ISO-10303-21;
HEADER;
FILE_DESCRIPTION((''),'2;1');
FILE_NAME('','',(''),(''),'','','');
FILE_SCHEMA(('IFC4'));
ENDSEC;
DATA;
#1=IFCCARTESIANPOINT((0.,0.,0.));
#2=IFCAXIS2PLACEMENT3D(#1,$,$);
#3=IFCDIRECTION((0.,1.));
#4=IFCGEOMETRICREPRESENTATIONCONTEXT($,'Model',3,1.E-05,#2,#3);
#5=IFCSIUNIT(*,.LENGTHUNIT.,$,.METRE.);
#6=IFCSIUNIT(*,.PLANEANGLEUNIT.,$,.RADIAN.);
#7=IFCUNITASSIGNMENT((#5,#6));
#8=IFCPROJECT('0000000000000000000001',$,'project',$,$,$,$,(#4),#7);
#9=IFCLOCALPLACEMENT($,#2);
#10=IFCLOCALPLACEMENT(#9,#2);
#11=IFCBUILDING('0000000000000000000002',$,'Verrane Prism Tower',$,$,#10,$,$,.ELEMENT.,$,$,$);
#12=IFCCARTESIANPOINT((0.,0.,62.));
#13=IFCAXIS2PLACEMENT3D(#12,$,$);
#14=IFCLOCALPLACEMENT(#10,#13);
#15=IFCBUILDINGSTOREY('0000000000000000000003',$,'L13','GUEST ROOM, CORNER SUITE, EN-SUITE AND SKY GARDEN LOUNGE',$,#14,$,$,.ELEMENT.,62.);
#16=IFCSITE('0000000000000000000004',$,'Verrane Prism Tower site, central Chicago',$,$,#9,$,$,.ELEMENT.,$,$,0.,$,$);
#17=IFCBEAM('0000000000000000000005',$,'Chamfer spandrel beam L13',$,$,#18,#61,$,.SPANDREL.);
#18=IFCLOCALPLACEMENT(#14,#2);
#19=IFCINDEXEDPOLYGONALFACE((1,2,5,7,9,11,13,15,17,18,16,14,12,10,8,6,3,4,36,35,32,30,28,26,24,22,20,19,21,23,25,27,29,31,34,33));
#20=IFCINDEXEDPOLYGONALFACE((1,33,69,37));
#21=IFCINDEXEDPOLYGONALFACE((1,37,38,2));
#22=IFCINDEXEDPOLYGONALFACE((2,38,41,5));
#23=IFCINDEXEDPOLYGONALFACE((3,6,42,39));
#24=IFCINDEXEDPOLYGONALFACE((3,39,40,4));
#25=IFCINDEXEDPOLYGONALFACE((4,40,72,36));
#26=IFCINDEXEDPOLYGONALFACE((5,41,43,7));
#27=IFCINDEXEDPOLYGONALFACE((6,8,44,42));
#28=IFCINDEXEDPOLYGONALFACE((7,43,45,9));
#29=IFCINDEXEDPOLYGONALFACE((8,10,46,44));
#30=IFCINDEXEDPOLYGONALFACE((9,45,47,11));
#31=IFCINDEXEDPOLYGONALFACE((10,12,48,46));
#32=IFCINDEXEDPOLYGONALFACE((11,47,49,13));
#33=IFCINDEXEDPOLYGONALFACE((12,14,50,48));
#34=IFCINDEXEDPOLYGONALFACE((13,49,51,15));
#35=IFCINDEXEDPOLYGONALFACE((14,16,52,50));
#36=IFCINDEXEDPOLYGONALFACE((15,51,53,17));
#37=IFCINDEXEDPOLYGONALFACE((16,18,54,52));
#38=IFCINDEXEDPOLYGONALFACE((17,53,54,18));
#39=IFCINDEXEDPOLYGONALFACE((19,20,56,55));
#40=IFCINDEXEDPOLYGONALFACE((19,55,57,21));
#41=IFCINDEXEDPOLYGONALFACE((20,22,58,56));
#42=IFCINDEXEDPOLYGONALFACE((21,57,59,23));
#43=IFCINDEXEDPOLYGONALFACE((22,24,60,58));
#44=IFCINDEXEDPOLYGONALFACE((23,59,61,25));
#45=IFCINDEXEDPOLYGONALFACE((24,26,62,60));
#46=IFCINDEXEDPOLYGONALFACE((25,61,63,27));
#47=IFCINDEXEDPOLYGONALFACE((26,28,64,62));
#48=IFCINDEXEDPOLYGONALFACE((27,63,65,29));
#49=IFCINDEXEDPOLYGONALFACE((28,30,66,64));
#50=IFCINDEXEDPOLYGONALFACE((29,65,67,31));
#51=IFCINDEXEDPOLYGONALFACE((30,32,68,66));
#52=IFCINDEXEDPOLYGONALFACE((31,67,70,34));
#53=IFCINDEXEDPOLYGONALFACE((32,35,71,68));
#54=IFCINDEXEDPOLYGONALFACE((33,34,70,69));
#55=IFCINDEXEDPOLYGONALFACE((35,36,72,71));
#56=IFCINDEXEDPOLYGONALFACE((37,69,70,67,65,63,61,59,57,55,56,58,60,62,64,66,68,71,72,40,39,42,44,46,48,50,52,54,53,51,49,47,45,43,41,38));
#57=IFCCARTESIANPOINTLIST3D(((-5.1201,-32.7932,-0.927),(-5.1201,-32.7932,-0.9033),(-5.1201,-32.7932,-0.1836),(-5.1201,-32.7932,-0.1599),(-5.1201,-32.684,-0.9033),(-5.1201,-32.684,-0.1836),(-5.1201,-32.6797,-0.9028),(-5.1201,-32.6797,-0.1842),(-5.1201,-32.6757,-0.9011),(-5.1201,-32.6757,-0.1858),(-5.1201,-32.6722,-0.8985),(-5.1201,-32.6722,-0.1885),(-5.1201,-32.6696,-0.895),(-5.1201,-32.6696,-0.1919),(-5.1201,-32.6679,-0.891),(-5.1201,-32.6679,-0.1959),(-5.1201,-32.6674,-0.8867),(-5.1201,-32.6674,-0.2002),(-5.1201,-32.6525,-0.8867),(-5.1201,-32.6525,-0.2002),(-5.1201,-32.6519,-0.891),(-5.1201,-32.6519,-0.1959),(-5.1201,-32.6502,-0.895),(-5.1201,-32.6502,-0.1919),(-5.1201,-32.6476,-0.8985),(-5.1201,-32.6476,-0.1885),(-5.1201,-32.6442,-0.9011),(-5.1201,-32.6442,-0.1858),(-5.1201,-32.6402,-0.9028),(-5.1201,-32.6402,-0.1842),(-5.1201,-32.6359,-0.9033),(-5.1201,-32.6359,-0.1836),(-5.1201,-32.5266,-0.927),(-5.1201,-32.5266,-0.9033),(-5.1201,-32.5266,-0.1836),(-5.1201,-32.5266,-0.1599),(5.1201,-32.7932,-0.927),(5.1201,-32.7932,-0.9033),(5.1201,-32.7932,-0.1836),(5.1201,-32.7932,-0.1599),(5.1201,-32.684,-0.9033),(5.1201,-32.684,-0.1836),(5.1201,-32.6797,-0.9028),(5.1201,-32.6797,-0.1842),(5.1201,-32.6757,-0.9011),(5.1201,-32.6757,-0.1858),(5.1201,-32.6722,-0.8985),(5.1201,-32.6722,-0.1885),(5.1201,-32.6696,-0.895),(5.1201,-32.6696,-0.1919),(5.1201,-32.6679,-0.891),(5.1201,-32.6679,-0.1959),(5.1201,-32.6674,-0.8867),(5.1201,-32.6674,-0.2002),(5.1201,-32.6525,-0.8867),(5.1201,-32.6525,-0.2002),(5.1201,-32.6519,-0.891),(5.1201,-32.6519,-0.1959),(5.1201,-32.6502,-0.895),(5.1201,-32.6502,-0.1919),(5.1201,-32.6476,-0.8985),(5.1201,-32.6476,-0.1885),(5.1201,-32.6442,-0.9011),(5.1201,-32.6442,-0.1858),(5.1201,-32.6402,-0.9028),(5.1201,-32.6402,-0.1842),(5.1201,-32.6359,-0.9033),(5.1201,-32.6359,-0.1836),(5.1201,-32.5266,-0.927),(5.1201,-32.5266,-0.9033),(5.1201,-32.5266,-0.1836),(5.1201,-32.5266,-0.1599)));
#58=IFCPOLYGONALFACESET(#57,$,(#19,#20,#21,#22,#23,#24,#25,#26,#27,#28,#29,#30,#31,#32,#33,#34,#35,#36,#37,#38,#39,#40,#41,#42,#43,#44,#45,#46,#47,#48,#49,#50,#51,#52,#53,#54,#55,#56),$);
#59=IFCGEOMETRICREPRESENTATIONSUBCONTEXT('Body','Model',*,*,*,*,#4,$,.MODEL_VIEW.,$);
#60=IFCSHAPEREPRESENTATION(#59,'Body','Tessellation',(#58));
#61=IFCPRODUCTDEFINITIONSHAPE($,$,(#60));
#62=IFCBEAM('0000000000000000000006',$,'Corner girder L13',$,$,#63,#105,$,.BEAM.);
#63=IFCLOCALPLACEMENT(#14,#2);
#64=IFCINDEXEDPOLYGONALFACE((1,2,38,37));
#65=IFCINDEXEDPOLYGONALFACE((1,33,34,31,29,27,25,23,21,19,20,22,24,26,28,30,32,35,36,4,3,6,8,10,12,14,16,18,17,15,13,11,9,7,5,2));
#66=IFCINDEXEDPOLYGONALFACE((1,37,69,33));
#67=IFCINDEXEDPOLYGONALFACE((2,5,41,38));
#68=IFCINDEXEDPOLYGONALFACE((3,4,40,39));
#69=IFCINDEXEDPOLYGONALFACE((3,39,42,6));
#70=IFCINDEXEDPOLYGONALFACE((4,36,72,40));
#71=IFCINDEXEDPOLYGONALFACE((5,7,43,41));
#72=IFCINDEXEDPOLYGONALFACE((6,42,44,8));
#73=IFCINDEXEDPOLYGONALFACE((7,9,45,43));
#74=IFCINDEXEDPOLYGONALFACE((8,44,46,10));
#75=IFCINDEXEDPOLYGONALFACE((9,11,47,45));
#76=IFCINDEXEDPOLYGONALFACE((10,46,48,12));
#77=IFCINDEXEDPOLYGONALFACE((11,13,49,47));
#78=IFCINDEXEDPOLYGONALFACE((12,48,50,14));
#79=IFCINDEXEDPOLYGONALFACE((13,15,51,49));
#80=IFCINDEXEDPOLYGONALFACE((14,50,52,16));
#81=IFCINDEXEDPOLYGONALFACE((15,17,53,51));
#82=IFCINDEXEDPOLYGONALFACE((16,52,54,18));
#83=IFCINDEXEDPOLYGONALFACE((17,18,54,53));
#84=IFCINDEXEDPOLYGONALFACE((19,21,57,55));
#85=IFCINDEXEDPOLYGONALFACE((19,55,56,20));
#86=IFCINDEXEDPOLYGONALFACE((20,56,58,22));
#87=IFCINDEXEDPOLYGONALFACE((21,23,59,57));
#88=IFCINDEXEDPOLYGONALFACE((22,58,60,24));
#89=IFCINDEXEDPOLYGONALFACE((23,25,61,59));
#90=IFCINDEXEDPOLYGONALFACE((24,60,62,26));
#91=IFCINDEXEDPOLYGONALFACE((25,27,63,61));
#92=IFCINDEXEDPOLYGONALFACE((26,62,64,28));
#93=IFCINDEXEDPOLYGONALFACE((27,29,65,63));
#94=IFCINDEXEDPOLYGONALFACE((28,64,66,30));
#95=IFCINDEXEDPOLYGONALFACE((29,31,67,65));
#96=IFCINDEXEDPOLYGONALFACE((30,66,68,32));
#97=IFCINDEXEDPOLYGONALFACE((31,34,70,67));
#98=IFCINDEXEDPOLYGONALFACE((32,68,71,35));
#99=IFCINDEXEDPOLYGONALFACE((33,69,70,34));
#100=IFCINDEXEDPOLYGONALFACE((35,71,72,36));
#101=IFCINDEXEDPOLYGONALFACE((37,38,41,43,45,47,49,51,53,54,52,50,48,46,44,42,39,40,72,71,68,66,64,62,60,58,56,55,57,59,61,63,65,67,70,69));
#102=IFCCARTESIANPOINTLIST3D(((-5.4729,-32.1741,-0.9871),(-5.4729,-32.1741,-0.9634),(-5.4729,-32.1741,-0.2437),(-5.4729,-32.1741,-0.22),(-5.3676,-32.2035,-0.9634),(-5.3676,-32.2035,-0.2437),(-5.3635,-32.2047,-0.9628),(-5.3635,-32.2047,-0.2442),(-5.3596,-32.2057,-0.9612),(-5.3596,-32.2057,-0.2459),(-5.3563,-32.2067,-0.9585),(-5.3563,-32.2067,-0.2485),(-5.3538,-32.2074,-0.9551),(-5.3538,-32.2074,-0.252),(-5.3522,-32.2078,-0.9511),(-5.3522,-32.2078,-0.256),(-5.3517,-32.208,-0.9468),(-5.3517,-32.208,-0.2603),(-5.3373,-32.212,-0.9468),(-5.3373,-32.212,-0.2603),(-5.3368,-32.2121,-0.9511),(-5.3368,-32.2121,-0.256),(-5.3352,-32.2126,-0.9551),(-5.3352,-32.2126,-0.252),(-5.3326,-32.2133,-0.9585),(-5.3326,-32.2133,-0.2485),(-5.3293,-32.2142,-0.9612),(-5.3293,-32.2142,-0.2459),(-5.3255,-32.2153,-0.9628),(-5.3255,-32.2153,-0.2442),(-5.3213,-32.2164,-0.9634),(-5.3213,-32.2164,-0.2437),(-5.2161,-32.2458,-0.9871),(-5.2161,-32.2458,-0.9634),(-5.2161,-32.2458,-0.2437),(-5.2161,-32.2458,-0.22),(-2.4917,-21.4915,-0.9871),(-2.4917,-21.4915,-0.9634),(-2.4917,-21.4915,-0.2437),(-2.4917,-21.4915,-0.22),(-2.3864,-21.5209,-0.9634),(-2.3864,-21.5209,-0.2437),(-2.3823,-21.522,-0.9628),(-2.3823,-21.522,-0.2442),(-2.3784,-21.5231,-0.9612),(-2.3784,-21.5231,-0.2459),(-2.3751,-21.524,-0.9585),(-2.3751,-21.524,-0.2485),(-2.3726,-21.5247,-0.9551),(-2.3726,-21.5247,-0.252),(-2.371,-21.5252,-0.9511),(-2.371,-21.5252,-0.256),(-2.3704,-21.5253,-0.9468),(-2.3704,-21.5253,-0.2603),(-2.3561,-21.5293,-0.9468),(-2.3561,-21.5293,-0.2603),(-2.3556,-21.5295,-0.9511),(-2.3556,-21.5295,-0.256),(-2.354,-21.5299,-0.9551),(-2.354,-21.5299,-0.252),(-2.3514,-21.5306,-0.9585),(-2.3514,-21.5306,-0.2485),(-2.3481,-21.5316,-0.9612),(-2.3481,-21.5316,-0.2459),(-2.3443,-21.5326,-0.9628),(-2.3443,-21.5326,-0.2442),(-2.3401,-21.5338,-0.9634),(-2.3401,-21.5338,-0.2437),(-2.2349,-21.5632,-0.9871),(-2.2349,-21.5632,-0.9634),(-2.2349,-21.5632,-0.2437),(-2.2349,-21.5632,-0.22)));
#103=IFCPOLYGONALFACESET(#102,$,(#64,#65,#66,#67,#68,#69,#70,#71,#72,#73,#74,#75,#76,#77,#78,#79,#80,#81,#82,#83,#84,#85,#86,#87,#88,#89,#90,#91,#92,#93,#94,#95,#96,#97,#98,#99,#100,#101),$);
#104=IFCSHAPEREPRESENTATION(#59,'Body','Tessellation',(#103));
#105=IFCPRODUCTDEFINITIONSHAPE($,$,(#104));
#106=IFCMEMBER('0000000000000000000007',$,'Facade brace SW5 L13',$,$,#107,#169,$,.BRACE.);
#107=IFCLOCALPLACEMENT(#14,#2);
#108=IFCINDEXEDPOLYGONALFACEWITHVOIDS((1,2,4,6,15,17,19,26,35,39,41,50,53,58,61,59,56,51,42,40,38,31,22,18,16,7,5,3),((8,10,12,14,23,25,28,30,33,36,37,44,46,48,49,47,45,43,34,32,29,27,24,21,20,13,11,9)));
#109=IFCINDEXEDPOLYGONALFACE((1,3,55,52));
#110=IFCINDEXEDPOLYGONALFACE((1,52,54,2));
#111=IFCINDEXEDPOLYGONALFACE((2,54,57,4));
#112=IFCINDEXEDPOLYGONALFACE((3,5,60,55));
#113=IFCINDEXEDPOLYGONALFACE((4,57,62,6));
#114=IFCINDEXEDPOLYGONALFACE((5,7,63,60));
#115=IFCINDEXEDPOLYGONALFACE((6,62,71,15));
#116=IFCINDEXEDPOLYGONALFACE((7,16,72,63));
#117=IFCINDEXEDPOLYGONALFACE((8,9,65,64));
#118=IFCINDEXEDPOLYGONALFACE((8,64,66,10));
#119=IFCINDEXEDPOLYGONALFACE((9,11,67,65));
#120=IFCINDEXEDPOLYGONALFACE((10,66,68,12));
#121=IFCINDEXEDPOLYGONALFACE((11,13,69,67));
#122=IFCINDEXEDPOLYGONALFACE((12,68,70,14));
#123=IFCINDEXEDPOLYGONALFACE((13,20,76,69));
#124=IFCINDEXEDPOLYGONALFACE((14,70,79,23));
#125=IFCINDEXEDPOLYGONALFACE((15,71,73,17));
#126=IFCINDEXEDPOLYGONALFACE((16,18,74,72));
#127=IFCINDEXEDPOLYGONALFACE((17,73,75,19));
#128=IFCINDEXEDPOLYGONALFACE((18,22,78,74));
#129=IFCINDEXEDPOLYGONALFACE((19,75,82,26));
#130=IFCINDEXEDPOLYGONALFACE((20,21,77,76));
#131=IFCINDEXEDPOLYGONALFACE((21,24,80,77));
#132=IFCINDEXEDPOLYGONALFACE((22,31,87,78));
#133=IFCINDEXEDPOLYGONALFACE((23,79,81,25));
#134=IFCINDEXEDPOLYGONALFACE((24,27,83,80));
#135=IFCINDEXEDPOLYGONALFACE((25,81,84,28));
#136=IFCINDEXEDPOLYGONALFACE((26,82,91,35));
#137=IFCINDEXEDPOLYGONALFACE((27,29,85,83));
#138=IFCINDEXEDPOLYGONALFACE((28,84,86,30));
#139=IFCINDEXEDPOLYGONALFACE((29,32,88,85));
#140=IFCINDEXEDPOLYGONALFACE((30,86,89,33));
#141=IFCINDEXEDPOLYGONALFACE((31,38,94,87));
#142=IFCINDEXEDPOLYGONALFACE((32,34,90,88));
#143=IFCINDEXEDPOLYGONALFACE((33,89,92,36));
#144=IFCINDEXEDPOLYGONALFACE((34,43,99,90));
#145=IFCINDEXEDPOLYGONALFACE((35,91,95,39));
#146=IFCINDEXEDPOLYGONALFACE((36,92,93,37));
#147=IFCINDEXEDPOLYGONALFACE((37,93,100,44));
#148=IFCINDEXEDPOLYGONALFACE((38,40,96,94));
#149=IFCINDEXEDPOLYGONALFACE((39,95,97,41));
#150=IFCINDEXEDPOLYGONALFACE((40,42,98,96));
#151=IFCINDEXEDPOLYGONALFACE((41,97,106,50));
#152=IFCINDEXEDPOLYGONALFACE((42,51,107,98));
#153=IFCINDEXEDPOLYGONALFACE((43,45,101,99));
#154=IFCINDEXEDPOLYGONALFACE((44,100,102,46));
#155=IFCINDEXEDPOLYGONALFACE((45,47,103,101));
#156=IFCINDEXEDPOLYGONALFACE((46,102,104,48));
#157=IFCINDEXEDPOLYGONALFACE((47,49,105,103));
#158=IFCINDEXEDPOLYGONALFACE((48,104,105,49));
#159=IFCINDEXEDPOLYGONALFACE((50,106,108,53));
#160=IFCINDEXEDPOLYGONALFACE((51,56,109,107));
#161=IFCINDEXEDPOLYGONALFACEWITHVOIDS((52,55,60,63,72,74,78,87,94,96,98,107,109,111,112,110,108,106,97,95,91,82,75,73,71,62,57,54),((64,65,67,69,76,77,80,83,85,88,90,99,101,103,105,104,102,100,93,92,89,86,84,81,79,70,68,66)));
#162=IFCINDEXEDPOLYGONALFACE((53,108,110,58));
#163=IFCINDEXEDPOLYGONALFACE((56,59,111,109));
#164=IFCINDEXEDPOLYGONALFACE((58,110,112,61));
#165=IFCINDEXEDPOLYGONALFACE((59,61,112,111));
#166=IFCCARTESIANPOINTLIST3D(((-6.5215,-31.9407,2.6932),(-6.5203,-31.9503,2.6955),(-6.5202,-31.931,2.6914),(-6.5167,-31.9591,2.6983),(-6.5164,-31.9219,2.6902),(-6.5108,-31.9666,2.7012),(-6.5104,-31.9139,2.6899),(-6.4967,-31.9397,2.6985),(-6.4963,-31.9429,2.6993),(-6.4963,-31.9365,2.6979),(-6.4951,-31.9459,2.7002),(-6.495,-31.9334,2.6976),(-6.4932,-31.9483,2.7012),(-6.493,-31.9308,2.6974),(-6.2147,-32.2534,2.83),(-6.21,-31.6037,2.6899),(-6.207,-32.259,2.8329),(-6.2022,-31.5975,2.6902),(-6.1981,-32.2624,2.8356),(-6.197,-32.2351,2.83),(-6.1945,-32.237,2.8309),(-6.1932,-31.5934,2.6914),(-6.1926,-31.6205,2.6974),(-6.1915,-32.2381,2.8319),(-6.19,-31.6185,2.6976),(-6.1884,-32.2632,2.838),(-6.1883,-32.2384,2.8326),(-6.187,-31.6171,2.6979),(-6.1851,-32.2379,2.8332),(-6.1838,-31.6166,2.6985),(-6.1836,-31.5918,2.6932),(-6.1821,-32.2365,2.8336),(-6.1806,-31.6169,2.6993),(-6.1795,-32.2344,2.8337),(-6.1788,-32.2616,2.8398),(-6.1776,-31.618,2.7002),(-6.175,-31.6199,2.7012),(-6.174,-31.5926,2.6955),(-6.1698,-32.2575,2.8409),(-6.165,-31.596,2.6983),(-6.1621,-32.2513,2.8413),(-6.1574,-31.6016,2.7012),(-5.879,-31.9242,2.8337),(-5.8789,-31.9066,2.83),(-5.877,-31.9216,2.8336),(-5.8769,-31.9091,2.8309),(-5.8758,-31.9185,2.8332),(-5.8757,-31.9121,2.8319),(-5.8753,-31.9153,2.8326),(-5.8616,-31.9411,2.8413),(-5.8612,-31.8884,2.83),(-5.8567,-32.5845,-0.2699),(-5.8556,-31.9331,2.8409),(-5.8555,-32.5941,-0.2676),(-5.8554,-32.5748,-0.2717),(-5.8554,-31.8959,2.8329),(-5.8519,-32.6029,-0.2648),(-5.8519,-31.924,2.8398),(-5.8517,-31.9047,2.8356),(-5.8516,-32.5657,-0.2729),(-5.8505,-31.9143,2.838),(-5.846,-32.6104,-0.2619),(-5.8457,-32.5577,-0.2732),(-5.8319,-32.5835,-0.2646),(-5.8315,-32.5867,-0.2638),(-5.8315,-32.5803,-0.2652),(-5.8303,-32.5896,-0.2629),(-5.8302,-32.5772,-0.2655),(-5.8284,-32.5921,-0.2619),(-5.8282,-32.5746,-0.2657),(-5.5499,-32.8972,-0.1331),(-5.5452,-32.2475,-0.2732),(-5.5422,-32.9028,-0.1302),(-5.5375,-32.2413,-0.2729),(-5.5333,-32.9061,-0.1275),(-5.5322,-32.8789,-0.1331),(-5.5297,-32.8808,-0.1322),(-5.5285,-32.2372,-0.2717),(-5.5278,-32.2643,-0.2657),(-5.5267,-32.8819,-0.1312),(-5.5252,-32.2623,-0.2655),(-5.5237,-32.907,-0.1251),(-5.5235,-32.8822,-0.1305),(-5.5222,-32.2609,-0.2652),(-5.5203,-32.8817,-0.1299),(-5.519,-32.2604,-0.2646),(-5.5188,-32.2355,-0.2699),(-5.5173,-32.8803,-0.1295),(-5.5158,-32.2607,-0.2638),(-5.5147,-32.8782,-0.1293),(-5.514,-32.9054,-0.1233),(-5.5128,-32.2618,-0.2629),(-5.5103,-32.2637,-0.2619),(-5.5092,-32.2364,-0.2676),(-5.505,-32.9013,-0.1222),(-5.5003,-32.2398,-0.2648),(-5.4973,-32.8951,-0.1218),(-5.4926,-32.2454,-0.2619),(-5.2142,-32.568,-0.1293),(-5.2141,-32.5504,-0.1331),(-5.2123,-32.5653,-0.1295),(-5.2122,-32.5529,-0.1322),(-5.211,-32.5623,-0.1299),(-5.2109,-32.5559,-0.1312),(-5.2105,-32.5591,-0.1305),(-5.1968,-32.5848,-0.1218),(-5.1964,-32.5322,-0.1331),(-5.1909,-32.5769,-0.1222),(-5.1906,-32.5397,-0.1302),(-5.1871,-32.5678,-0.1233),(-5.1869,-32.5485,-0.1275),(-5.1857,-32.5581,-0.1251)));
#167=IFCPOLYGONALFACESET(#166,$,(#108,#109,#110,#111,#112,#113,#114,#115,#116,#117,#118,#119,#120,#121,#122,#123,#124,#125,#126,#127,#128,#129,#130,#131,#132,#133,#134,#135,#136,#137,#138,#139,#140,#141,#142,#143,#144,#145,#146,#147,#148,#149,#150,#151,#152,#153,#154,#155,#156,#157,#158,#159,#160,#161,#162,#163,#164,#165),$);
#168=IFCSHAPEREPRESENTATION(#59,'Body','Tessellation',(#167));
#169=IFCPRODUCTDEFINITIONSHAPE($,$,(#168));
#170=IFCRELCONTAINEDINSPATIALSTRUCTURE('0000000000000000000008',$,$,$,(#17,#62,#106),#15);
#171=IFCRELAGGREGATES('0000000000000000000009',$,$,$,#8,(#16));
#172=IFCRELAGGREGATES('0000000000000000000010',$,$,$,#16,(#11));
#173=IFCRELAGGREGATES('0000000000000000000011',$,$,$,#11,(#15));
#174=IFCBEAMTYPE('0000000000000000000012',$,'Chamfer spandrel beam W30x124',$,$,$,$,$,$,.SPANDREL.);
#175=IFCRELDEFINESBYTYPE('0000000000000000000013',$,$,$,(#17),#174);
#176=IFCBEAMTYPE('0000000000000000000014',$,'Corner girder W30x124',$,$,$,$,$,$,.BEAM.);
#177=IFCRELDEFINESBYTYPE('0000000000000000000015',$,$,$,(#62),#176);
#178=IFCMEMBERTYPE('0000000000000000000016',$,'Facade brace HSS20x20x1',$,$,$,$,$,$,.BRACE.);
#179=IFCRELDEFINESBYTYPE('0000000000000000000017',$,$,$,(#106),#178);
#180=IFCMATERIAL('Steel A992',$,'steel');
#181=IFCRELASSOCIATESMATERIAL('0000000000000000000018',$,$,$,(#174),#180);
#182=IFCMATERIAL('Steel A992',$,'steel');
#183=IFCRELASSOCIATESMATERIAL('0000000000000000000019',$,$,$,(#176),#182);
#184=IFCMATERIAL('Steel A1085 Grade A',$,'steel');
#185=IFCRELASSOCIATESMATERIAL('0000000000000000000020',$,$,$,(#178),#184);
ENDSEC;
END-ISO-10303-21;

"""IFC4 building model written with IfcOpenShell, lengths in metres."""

from ifc_helpers import new_model, si_unit, direction, frame, origin, origin_2d, place, context, subcontext, project, spatial, hollow_rectangle, i_section, extrude, material, material_profile, profile_set, type_object, element, save


model = new_model("IFC4")

# Units and contexts
model_context = context("Model", 3, precision=1e-05, world=origin(), true_north=direction((0.0, 1.0)))
body_context = subcontext(model_context, "Body", "Model", "MODEL_VIEW")
ifc_project = project(units=[si_unit("LENGTHUNIT", "METRE"), si_unit("PLANEANGLEUNIT", "RADIAN")], contexts=[model_context])

# Site, building, storey
site_placement = place(None, origin())
site = spatial("IfcSite", under=ifc_project, at=site_placement, Name="Verrane Prism Tower site, central Chicago", CompositionType="ELEMENT", RefElevation=0.0)
building_placement = place(site_placement, origin())
building = spatial("IfcBuilding", under=site, at=building_placement, Name="Verrane Prism Tower", CompositionType="ELEMENT")
storey_placement = place(building_placement, frame((0.0, 0.0, 62.0)))
storey = spatial("IfcBuildingStorey", under=building, at=storey_placement, Name="L13", Description="GUEST ROOM, CORNER SUITE, EN-SUITE AND SKY GARDEN LOUNGE", CompositionType="ELEMENT", Elevation=62.0)

# Beams
ifc_material_1 = material(Name="Steel A992", Category="steel")
ifc_material_profile_1 = material_profile(ifc_material_1, i_section(OverallWidth=0.2666, OverallDepth=0.7671, WebThickness=0.0149, FlangeThickness=0.0237, FilletRadius=0.0166, at=origin_2d()), Name="W30x124")
ifc_profile_set_1 = profile_set([ifc_material_profile_1], Name="Steel A992")
beam_type_1 = type_object("IfcBeamType", Name="Chamfer spandrel beam W30x124", PredefinedType="SPANDREL", material=ifc_profile_set_1)
beam_1_placement = place(storey_placement, frame((-5.1201, -32.6599, -0.5435), z_axis=(1.0, 0.0, 0.0), x_axis=(0.0, 1.0, 0.0)))
element("IfcBeam", 1, at=beam_1_placement, inside=storey, type_object=beam_type_1, Name="Chamfer spandrel beam L13", PredefinedType="SPANDREL", context=body_context, shape_type="SweptSolid", body=[
    extrude(i_section(OverallWidth=0.2666, OverallDepth=0.7671, WebThickness=0.0149, FlangeThickness=0.0237, FilletRadius=0.0166, at=origin_2d()), origin(), (0.0, 0.0, 1.0), 10.2402),
])
ifc_material_2 = material(Name="Steel A992", Category="steel")
ifc_material_profile_2 = material_profile(ifc_material_2, i_section(OverallWidth=0.2666, OverallDepth=0.7671, WebThickness=0.0149, FlangeThickness=0.0237, FilletRadius=0.0166, at=origin_2d()), Name="W30x124")
ifc_profile_set_2 = profile_set([ifc_material_profile_2], Name="Steel A992")
beam_type_2 = type_object("IfcBeamType", Name="Corner girder W30x124", PredefinedType="BEAM", material=ifc_profile_set_2)
beam_2_placement = place(storey_placement, frame((-5.3445, -32.21, -0.6035), z_axis=(0.268799, 0.963196, 0.0), x_axis=(-0.963196, 0.268799, 0.0)))
element("IfcBeam", 2, at=beam_2_placement, inside=storey, type_object=beam_type_2, Name="Corner girder L13", PredefinedType="BEAM", context=body_context, shape_type="SweptSolid", body=[
    extrude(i_section(OverallWidth=0.2666, OverallDepth=0.7671, WebThickness=0.0149, FlangeThickness=0.0237, FilletRadius=0.0166, at=origin_2d()), origin(), (0.0, 0.0, 1.0), 11.0908),
])

# Member
ifc_material_3 = material(Name="Steel A1085 Grade A", Category="steel")
ifc_material_profile_3 = material_profile(ifc_material_3, hollow_rectangle(XDim=0.5081, YDim=0.5081, WallThickness=0.0254, InnerFilletRadius=0.0127, OuterFilletRadius=0.0381, at=origin_2d()), Name="HSS20x20x1")
ifc_profile_set_3 = profile_set([ifc_material_profile_3], Name="Steel A1085 Grade A")
member_type_1 = type_object("IfcMemberType", Name="Facade brace HSS20x20x1", PredefinedType="BRACE", material=ifc_profile_set_3)
member_1_placement = place(storey_placement, frame((-5.5212, -32.5713, -0.1975), z_axis=(-0.214154, 0.20739, 0.95453), x_axis=(-0.695672, -0.71836, 0.0)))
element("IfcMember", 3, at=member_1_placement, inside=storey, type_object=member_type_1, Name="Facade brace SW5 L13", PredefinedType="BRACE", context=body_context, shape_type="SweptSolid", body=[
    extrude(hollow_rectangle(XDim=0.5081, YDim=0.5081, WallThickness=0.0254, InnerFilletRadius=0.0127, OuterFilletRadius=0.0381, at=origin_2d()), origin(), (0.0, 0.0, 1.0), 3.1042),
])

save(model, "model.ifc")
